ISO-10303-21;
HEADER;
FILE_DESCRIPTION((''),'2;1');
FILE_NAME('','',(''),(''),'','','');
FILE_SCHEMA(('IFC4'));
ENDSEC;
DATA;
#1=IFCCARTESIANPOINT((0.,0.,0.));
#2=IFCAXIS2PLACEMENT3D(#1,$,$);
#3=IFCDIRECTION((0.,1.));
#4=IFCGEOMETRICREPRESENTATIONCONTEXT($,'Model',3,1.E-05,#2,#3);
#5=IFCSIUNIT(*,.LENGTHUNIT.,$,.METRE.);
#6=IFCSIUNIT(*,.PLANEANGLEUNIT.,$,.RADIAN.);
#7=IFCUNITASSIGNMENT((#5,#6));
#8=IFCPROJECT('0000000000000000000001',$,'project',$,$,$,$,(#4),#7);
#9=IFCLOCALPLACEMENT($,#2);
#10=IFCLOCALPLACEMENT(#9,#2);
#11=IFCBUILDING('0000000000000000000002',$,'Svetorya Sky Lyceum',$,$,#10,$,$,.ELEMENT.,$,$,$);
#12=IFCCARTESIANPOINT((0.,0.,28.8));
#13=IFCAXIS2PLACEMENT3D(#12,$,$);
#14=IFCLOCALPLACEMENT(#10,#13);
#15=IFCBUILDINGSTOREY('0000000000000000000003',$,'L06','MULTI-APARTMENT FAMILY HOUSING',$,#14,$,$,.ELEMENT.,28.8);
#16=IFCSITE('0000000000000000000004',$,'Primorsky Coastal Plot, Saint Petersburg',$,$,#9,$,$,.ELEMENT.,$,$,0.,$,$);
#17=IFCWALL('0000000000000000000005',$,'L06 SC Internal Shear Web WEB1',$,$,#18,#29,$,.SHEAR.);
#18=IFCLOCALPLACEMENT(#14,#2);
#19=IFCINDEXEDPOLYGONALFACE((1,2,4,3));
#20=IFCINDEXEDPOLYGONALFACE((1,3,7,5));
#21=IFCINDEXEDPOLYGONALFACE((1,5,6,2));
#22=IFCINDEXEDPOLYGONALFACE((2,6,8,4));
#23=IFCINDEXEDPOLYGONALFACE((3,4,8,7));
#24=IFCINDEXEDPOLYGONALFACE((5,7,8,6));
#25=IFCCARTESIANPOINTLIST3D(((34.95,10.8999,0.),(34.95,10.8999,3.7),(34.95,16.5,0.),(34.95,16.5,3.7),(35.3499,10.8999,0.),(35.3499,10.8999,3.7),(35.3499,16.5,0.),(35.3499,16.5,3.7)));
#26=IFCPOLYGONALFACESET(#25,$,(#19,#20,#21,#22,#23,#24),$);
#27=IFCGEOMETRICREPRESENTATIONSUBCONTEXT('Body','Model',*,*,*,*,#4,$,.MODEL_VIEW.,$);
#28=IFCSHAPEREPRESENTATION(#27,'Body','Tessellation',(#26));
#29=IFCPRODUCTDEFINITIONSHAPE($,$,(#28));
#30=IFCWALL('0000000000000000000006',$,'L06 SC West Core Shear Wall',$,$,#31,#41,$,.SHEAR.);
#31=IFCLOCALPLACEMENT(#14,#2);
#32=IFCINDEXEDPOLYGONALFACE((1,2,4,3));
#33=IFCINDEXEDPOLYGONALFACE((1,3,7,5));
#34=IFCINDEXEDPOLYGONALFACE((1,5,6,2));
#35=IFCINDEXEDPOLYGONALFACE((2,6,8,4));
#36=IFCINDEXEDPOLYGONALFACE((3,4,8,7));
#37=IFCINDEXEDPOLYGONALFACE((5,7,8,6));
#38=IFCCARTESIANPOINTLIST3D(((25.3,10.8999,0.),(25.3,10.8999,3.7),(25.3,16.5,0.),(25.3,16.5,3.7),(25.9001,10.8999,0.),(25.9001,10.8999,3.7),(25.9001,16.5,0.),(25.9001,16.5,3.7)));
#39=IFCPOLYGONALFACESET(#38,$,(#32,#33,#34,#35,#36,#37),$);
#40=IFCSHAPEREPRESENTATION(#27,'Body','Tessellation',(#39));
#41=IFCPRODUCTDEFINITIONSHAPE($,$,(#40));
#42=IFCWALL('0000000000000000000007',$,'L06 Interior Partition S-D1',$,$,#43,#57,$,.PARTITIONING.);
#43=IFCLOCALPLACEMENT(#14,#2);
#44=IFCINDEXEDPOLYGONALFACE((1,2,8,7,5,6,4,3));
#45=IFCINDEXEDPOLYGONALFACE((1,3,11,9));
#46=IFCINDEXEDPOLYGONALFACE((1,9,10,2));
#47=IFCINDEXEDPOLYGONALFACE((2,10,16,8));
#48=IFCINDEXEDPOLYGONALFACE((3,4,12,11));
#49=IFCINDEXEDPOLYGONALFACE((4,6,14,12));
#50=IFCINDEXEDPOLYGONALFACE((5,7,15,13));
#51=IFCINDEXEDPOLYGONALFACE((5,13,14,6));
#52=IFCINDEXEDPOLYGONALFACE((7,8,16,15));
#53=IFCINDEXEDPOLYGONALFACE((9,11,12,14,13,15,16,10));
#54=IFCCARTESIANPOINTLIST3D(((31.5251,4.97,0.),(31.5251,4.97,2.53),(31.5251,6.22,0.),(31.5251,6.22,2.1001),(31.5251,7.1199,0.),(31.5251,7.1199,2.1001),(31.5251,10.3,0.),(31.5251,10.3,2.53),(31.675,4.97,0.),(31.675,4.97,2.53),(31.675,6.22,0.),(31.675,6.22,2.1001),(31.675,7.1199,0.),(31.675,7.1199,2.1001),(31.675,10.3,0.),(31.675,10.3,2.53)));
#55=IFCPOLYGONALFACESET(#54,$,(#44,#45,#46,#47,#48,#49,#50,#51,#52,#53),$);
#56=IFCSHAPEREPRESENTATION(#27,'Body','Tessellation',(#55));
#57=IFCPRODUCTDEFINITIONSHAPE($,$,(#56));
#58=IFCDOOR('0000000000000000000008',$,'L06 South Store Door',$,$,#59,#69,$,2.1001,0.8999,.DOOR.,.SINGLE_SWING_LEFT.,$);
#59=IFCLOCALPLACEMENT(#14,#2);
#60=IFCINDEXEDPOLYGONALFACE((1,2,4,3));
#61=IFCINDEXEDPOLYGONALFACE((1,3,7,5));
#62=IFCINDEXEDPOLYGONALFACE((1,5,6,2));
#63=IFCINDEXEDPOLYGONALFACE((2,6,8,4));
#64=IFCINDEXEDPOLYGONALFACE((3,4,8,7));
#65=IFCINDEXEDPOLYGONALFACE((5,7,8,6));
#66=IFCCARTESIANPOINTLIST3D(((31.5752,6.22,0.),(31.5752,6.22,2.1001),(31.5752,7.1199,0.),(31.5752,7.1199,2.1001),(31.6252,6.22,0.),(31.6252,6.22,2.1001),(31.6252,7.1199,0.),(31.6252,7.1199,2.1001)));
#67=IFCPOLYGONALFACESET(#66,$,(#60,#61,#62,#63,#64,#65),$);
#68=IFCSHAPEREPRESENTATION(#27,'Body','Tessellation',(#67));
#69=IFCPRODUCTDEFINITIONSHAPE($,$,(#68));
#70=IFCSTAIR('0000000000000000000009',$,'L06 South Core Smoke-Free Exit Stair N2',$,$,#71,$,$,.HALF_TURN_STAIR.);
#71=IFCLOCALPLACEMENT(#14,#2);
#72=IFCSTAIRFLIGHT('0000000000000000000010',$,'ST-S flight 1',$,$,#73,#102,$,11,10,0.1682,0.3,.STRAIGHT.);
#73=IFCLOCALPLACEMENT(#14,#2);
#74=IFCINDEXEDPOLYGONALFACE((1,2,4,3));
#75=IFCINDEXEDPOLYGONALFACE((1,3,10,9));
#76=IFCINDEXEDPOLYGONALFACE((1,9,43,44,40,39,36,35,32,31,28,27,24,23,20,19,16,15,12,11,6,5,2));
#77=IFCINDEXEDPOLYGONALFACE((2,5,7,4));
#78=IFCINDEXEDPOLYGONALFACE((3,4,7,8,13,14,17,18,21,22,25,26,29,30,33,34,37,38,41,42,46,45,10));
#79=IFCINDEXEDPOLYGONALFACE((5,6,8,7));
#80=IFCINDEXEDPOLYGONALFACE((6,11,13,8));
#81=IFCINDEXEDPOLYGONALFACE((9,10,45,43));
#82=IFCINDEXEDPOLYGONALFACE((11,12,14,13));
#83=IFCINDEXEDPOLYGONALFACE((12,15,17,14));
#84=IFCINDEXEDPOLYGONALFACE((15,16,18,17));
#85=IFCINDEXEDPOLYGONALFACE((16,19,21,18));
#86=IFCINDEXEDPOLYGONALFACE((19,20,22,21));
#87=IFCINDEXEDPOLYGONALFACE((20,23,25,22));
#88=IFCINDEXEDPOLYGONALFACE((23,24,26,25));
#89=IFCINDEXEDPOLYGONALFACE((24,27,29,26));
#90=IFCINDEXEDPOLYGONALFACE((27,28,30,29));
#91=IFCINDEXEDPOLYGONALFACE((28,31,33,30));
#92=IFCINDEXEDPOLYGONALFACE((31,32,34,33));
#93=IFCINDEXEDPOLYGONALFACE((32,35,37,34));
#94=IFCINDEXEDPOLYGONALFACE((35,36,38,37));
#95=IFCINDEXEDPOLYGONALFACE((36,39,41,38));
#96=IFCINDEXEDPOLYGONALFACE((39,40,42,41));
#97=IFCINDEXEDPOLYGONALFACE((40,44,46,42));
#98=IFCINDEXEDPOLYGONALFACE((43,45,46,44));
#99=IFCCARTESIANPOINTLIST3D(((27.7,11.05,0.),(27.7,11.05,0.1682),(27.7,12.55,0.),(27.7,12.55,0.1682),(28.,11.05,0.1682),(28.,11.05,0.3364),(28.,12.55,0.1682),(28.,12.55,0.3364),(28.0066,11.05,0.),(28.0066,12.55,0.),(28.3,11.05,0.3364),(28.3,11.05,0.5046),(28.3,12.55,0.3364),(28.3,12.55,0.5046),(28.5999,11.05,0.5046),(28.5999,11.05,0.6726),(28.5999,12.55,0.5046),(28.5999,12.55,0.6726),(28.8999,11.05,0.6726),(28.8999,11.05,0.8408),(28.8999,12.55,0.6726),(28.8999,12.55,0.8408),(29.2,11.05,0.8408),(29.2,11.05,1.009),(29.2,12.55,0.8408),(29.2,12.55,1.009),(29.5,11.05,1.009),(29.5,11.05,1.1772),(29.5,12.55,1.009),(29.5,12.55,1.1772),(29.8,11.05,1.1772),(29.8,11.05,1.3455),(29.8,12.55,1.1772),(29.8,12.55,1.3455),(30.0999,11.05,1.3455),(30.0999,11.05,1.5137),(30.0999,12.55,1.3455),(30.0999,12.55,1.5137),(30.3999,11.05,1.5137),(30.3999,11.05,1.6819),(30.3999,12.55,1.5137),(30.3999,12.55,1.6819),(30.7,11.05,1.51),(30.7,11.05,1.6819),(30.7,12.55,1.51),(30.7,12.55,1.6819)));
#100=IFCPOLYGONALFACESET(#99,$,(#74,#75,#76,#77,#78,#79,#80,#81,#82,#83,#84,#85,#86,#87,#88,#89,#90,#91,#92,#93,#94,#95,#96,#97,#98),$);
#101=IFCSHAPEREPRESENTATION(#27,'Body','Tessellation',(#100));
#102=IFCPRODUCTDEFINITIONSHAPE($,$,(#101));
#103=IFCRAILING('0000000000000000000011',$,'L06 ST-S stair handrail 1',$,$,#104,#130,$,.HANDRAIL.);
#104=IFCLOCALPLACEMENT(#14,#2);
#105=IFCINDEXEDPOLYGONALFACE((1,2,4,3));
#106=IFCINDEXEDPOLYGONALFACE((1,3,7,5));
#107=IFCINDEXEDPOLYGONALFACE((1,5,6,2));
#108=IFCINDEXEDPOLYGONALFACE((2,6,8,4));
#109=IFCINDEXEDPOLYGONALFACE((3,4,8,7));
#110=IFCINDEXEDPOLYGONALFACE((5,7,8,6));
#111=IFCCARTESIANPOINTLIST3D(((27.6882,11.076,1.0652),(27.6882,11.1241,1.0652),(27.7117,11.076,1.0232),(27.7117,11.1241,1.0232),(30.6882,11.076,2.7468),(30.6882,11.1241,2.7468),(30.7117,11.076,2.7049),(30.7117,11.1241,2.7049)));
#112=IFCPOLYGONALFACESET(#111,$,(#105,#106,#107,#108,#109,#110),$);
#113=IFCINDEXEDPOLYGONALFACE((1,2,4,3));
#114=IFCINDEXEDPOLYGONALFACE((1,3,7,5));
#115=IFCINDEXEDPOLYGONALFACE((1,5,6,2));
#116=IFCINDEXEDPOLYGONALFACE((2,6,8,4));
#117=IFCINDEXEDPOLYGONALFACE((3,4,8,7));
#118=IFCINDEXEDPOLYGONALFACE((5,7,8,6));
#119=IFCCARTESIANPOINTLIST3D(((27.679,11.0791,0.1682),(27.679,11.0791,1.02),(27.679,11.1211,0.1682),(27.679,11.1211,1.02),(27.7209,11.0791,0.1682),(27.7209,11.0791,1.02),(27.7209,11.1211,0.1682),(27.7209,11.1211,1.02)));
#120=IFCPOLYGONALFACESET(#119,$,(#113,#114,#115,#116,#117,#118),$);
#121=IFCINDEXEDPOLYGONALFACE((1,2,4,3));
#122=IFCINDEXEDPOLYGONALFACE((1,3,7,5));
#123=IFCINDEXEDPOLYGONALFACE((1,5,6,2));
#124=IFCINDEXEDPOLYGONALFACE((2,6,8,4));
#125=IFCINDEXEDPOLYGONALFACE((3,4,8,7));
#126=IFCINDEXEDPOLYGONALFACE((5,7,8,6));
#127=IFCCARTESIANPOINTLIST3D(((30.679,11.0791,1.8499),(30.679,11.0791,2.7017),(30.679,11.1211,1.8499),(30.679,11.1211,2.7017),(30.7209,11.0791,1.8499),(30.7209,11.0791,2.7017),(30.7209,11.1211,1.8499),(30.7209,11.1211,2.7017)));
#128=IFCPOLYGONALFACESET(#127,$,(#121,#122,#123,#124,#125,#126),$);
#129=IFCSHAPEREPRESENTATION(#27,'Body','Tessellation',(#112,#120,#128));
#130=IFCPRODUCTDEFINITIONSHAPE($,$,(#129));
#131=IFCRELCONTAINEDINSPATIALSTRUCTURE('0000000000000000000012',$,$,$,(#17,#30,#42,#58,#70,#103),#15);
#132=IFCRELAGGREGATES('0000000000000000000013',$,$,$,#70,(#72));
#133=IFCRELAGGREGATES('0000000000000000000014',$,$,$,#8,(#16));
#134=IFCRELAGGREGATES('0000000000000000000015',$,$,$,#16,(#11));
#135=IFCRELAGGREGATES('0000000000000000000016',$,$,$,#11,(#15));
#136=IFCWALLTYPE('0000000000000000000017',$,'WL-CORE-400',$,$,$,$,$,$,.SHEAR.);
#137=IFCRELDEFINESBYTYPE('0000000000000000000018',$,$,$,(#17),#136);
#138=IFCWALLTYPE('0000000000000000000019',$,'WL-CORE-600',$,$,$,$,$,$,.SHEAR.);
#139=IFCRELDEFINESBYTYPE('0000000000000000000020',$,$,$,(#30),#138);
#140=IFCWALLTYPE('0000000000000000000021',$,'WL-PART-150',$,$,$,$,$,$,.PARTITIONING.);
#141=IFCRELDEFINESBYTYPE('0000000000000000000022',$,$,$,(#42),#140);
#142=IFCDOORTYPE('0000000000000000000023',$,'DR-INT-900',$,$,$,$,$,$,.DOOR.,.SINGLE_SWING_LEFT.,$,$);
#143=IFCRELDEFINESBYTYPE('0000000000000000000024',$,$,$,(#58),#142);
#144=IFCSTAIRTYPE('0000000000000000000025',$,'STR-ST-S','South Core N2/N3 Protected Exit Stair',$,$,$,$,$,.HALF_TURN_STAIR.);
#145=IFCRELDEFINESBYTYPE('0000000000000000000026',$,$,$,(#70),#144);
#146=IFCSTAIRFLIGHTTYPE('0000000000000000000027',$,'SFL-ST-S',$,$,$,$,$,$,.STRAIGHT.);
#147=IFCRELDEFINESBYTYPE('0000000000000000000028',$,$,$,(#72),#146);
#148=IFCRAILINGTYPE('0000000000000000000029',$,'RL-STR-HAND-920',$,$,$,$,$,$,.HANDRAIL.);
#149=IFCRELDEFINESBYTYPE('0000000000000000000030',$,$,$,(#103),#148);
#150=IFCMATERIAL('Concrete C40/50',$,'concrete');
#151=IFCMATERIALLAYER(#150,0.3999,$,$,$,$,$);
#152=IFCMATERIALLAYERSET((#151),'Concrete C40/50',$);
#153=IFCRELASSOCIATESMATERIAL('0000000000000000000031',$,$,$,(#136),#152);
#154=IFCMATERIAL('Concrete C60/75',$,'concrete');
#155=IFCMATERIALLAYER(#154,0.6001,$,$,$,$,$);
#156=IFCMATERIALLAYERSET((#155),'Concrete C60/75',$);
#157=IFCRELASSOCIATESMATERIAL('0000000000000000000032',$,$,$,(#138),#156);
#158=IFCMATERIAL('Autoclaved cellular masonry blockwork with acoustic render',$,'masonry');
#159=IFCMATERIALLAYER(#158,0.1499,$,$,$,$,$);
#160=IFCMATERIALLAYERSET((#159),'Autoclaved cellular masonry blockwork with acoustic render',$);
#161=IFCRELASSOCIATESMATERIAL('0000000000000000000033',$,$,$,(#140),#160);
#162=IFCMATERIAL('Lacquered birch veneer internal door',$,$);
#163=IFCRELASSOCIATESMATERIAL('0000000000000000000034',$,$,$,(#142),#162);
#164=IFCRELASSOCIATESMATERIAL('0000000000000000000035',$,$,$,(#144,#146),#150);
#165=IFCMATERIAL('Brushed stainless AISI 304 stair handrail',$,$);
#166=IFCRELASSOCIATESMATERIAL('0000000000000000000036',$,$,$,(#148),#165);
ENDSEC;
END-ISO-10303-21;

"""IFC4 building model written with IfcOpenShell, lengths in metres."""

from ifc_helpers import new_model, si_unit, direction, frame, frame_2d, origin, origin_2d, place, context, subcontext, project, spatial, polyline, rectangle, outline, extrude, material, layer, layer_set, type_object, element, fill, aggregate, save


model = new_model("IFC4")

# Units and contexts
model_context = context("Model", 3, precision=1e-05, world=origin(), true_north=direction((0.0, 1.0)))
body_context = subcontext(model_context, "Body", "Model", "MODEL_VIEW")
ifc_project = project(units=[si_unit("LENGTHUNIT", "METRE"), si_unit("PLANEANGLEUNIT", "RADIAN")], contexts=[model_context])

# Site, building, storey
site_placement = place(None, origin())
site = spatial("IfcSite", under=ifc_project, at=site_placement, Name="Primorsky Coastal Plot, Saint Petersburg", CompositionType="ELEMENT", RefElevation=0.0)
building_placement = place(site_placement, origin())
building = spatial("IfcBuilding", under=site, at=building_placement, Name="Svetorya Sky Lyceum", CompositionType="ELEMENT")
storey_placement = place(building_placement, frame((0.0, 0.0, 28.8)))
storey = spatial("IfcBuildingStorey", under=building, at=storey_placement, Name="L06", Description="MULTI-APARTMENT FAMILY HOUSING", CompositionType="ELEMENT", Elevation=28.8)

# Shared definitions
ifc_material_1 = material(Name="Concrete C60/75", Category="concrete")

# Walls
ifc_material_2 = material(Name="Concrete C40/50", Category="concrete")
ifc_layer_1 = layer(ifc_material_2, 0.3999)
ifc_layer_set_1 = layer_set([ifc_layer_1], Name="Concrete C40/50")
wall_type_1 = type_object("IfcWallType", Name="WL-CORE-400", PredefinedType="SHEAR", material=ifc_layer_set_1)
wall_1_placement = place(storey_placement, frame((35.1499, 10.8999, 0.0), z_axis=(0.0, 0.0, 1.0), x_axis=(0.0, 1.0, 0.0)))
element("IfcWall", 1, at=wall_1_placement, inside=storey, type_object=wall_type_1, Name="L06 SC Internal Shear Web WEB1", PredefinedType="SHEAR", context=body_context, shape_type="SweptSolid", body=[
    extrude(rectangle(XDim=5.6001, YDim=0.3999, at=frame_2d((2.8, 0.0))), origin(), (0.0, 0.0, 1.0), 3.7),
])
ifc_layer_2 = layer(ifc_material_1, 0.6001)
ifc_layer_set_2 = layer_set([ifc_layer_2], Name="Concrete C60/75")
wall_type_2 = type_object("IfcWallType", Name="WL-CORE-600", PredefinedType="SHEAR", material=ifc_layer_set_2)
wall_2_placement = place(storey_placement, frame((25.6001, 10.8999, 0.0), z_axis=(0.0, 0.0, 1.0), x_axis=(0.0, 1.0, 0.0)))
element("IfcWall", 2, at=wall_2_placement, inside=storey, type_object=wall_type_2, Name="L06 SC West Core Shear Wall", PredefinedType="SHEAR", context=body_context, shape_type="SweptSolid", body=[
    extrude(rectangle(XDim=5.6001, YDim=0.6001, at=frame_2d((2.8, 0.0))), origin(), (0.0, 0.0, 1.0), 3.7),
])

# Wall, opening, door
ifc_material_3 = material(Name="Autoclaved cellular masonry blockwork with acoustic render", Category="masonry")
ifc_layer_3 = layer(ifc_material_3, 0.1499)
ifc_layer_set_3 = layer_set([ifc_layer_3], Name="Autoclaved cellular masonry blockwork with acoustic render")
wall_type_3 = type_object("IfcWallType", Name="WL-PART-150", PredefinedType="PARTITIONING", material=ifc_layer_set_3)
wall_3_placement = place(storey_placement, frame((31.6001, 4.97, 0.0), z_axis=(0.0, 0.0, 1.0), x_axis=(0.0, 1.0, 0.0)))
wall_3 = element("IfcWall", 3, at=wall_3_placement, inside=storey, type_object=wall_type_3, Name="L06 Interior Partition S-D1", PredefinedType="PARTITIONING", context=body_context, shape_type="SweptSolid", body=[
    extrude(rectangle(XDim=5.3301, YDim=0.1499, at=frame_2d((2.665, 0.0))), origin(), (0.0, 0.0, 1.0), 2.53),
])
opening_placement = place(wall_3_placement, frame((1.25, 0.0, 0.0)))
opening = element("IfcOpeningElement", 4, at=opening_placement, cuts=wall_3, PredefinedType="OPENING", context=body_context, shape_type="SweptSolid", body=[
    extrude(rectangle(XDim=0.8999, YDim=2.1001, at=frame_2d((0.45, 1.05))), frame((0.0, 0.085, 0.0), z_axis=(0.0, -1.0, 0.0), x_axis=(1.0, 0.0, 0.0)), (0.0, 0.0, 1.0), 0.1699),
])
ifc_material_4 = material(Name="Lacquered birch veneer internal door")
door_type = type_object("IfcDoorType", Name="DR-INT-900", OperationType="SINGLE_SWING_LEFT", PredefinedType="DOOR", material=ifc_material_4)
door_placement = place(opening_placement, origin())
door = element("IfcDoor", 5, at=door_placement, inside=storey, type_object=door_type, Name="L06 South Store Door", OperationType="SINGLE_SWING_LEFT", OverallHeight=2.1001, OverallWidth=0.8999, PredefinedType="DOOR", context=body_context, shape_type="SweptSolid", body=[
    extrude(rectangle(XDim=0.8999, YDim=2.1001, at=frame_2d((0.45, 1.05))), frame((0.0, 0.0249, 0.0), z_axis=(0.0, -1.0, 0.0), x_axis=(1.0, 0.0, 0.0)), (0.0, 0.0, 1.0), 0.05),
])
fill(opening, door)

# Stair, stair flight
stair_type = type_object("IfcStairType", Name="STR-ST-S", Description="South Core N2/N3 Protected Exit Stair", PredefinedType="HALF_TURN_STAIR", material=ifc_material_2)
stair_placement = place(storey_placement, origin())
stair = element("IfcStair", 6, at=stair_placement, inside=storey, type_object=stair_type, Name="L06 South Core Smoke-Free Exit Stair N2", PredefinedType="HALF_TURN_STAIR")
stair_flight_type = type_object("IfcStairFlightType", Name="SFL-ST-S", PredefinedType="STRAIGHT", material=ifc_material_2)
stair_flight_placement = place(storey_placement, frame((27.7, 11.8, 0.0), z_axis=(0.0, 0.0, 1.0), x_axis=(1.0, 0.0, 0.0)))
stair_flight = element("IfcStairFlight", 7, at=stair_flight_placement, type_object=stair_flight_type, Name="ST-S flight 1", NumberOfRisers=11, NumberOfTreads=10, PredefinedType="STRAIGHT", RiserHeight=0.1682, TreadLength=0.3, context=body_context, shape_type="SweptSolid", body=[
    extrude(outline(polyline([(0.0, 0.0), (0.0, 0.1682), (0.3, 0.1682), (0.3, 0.3364), (0.6001, 0.3364), (0.6001, 0.5046), (0.8999, 0.5046), (0.8999, 0.6726), (1.2, 0.6726), (1.2, 0.8408), (1.5, 0.8408), (1.5, 1.009), (1.8, 1.009), (1.8, 1.1772), (2.1001, 1.1772), (2.1001, 1.3455), (2.3999, 1.3455), (2.3999, 1.5137), (2.7, 1.5137), (2.7, 1.6819), (3.0, 1.6819), (3.0, 1.8501), (3.0, 1.51), (0.3066, 0.0), (0.0, 0.0)])), frame((0.0, 0.75, 0.0), z_axis=(0.0, -1.0, 0.0), x_axis=(1.0, 0.0, 0.0)), (0.0, 0.0, 1.0), 1.5),
])
aggregate(stair, [stair_flight])

# Railing
ifc_material_5 = material(Name="Brushed stainless AISI 304 stair handrail")
railing_type = type_object("IfcRailingType", Name="RL-STR-HAND-920", PredefinedType="HANDRAIL", material=ifc_material_5)
railing_placement = place(storey_placement, frame((27.7, 11.1001, 0.1682)))
element("IfcRailing", 8, at=railing_placement, inside=storey, type_object=railing_type, Name="L06 ST-S stair handrail 1", PredefinedType="HANDRAIL", context=body_context, shape_type="SweptSolid", body=[
    extrude(rectangle(XDim=0.0481, YDim=0.0481, at=origin_2d()), frame((0.0, 0.0, 0.876), z_axis=(0.872303, 0.0, 0.488966), x_axis=(0.0, 1.0, 0.0)), (0.0, 0.0, 1.0), 3.4392),
    extrude(rectangle(XDim=0.042, YDim=0.042, at=origin_2d()), origin(), (0.0, 0.0, 1.0), 0.8518),
    extrude(rectangle(XDim=0.042, YDim=0.042, at=origin_2d()), frame((3.0, 0.0, 1.6816)), (0.0, 0.0, 1.0), 0.8518),
])

save(model, "model.ifc")
